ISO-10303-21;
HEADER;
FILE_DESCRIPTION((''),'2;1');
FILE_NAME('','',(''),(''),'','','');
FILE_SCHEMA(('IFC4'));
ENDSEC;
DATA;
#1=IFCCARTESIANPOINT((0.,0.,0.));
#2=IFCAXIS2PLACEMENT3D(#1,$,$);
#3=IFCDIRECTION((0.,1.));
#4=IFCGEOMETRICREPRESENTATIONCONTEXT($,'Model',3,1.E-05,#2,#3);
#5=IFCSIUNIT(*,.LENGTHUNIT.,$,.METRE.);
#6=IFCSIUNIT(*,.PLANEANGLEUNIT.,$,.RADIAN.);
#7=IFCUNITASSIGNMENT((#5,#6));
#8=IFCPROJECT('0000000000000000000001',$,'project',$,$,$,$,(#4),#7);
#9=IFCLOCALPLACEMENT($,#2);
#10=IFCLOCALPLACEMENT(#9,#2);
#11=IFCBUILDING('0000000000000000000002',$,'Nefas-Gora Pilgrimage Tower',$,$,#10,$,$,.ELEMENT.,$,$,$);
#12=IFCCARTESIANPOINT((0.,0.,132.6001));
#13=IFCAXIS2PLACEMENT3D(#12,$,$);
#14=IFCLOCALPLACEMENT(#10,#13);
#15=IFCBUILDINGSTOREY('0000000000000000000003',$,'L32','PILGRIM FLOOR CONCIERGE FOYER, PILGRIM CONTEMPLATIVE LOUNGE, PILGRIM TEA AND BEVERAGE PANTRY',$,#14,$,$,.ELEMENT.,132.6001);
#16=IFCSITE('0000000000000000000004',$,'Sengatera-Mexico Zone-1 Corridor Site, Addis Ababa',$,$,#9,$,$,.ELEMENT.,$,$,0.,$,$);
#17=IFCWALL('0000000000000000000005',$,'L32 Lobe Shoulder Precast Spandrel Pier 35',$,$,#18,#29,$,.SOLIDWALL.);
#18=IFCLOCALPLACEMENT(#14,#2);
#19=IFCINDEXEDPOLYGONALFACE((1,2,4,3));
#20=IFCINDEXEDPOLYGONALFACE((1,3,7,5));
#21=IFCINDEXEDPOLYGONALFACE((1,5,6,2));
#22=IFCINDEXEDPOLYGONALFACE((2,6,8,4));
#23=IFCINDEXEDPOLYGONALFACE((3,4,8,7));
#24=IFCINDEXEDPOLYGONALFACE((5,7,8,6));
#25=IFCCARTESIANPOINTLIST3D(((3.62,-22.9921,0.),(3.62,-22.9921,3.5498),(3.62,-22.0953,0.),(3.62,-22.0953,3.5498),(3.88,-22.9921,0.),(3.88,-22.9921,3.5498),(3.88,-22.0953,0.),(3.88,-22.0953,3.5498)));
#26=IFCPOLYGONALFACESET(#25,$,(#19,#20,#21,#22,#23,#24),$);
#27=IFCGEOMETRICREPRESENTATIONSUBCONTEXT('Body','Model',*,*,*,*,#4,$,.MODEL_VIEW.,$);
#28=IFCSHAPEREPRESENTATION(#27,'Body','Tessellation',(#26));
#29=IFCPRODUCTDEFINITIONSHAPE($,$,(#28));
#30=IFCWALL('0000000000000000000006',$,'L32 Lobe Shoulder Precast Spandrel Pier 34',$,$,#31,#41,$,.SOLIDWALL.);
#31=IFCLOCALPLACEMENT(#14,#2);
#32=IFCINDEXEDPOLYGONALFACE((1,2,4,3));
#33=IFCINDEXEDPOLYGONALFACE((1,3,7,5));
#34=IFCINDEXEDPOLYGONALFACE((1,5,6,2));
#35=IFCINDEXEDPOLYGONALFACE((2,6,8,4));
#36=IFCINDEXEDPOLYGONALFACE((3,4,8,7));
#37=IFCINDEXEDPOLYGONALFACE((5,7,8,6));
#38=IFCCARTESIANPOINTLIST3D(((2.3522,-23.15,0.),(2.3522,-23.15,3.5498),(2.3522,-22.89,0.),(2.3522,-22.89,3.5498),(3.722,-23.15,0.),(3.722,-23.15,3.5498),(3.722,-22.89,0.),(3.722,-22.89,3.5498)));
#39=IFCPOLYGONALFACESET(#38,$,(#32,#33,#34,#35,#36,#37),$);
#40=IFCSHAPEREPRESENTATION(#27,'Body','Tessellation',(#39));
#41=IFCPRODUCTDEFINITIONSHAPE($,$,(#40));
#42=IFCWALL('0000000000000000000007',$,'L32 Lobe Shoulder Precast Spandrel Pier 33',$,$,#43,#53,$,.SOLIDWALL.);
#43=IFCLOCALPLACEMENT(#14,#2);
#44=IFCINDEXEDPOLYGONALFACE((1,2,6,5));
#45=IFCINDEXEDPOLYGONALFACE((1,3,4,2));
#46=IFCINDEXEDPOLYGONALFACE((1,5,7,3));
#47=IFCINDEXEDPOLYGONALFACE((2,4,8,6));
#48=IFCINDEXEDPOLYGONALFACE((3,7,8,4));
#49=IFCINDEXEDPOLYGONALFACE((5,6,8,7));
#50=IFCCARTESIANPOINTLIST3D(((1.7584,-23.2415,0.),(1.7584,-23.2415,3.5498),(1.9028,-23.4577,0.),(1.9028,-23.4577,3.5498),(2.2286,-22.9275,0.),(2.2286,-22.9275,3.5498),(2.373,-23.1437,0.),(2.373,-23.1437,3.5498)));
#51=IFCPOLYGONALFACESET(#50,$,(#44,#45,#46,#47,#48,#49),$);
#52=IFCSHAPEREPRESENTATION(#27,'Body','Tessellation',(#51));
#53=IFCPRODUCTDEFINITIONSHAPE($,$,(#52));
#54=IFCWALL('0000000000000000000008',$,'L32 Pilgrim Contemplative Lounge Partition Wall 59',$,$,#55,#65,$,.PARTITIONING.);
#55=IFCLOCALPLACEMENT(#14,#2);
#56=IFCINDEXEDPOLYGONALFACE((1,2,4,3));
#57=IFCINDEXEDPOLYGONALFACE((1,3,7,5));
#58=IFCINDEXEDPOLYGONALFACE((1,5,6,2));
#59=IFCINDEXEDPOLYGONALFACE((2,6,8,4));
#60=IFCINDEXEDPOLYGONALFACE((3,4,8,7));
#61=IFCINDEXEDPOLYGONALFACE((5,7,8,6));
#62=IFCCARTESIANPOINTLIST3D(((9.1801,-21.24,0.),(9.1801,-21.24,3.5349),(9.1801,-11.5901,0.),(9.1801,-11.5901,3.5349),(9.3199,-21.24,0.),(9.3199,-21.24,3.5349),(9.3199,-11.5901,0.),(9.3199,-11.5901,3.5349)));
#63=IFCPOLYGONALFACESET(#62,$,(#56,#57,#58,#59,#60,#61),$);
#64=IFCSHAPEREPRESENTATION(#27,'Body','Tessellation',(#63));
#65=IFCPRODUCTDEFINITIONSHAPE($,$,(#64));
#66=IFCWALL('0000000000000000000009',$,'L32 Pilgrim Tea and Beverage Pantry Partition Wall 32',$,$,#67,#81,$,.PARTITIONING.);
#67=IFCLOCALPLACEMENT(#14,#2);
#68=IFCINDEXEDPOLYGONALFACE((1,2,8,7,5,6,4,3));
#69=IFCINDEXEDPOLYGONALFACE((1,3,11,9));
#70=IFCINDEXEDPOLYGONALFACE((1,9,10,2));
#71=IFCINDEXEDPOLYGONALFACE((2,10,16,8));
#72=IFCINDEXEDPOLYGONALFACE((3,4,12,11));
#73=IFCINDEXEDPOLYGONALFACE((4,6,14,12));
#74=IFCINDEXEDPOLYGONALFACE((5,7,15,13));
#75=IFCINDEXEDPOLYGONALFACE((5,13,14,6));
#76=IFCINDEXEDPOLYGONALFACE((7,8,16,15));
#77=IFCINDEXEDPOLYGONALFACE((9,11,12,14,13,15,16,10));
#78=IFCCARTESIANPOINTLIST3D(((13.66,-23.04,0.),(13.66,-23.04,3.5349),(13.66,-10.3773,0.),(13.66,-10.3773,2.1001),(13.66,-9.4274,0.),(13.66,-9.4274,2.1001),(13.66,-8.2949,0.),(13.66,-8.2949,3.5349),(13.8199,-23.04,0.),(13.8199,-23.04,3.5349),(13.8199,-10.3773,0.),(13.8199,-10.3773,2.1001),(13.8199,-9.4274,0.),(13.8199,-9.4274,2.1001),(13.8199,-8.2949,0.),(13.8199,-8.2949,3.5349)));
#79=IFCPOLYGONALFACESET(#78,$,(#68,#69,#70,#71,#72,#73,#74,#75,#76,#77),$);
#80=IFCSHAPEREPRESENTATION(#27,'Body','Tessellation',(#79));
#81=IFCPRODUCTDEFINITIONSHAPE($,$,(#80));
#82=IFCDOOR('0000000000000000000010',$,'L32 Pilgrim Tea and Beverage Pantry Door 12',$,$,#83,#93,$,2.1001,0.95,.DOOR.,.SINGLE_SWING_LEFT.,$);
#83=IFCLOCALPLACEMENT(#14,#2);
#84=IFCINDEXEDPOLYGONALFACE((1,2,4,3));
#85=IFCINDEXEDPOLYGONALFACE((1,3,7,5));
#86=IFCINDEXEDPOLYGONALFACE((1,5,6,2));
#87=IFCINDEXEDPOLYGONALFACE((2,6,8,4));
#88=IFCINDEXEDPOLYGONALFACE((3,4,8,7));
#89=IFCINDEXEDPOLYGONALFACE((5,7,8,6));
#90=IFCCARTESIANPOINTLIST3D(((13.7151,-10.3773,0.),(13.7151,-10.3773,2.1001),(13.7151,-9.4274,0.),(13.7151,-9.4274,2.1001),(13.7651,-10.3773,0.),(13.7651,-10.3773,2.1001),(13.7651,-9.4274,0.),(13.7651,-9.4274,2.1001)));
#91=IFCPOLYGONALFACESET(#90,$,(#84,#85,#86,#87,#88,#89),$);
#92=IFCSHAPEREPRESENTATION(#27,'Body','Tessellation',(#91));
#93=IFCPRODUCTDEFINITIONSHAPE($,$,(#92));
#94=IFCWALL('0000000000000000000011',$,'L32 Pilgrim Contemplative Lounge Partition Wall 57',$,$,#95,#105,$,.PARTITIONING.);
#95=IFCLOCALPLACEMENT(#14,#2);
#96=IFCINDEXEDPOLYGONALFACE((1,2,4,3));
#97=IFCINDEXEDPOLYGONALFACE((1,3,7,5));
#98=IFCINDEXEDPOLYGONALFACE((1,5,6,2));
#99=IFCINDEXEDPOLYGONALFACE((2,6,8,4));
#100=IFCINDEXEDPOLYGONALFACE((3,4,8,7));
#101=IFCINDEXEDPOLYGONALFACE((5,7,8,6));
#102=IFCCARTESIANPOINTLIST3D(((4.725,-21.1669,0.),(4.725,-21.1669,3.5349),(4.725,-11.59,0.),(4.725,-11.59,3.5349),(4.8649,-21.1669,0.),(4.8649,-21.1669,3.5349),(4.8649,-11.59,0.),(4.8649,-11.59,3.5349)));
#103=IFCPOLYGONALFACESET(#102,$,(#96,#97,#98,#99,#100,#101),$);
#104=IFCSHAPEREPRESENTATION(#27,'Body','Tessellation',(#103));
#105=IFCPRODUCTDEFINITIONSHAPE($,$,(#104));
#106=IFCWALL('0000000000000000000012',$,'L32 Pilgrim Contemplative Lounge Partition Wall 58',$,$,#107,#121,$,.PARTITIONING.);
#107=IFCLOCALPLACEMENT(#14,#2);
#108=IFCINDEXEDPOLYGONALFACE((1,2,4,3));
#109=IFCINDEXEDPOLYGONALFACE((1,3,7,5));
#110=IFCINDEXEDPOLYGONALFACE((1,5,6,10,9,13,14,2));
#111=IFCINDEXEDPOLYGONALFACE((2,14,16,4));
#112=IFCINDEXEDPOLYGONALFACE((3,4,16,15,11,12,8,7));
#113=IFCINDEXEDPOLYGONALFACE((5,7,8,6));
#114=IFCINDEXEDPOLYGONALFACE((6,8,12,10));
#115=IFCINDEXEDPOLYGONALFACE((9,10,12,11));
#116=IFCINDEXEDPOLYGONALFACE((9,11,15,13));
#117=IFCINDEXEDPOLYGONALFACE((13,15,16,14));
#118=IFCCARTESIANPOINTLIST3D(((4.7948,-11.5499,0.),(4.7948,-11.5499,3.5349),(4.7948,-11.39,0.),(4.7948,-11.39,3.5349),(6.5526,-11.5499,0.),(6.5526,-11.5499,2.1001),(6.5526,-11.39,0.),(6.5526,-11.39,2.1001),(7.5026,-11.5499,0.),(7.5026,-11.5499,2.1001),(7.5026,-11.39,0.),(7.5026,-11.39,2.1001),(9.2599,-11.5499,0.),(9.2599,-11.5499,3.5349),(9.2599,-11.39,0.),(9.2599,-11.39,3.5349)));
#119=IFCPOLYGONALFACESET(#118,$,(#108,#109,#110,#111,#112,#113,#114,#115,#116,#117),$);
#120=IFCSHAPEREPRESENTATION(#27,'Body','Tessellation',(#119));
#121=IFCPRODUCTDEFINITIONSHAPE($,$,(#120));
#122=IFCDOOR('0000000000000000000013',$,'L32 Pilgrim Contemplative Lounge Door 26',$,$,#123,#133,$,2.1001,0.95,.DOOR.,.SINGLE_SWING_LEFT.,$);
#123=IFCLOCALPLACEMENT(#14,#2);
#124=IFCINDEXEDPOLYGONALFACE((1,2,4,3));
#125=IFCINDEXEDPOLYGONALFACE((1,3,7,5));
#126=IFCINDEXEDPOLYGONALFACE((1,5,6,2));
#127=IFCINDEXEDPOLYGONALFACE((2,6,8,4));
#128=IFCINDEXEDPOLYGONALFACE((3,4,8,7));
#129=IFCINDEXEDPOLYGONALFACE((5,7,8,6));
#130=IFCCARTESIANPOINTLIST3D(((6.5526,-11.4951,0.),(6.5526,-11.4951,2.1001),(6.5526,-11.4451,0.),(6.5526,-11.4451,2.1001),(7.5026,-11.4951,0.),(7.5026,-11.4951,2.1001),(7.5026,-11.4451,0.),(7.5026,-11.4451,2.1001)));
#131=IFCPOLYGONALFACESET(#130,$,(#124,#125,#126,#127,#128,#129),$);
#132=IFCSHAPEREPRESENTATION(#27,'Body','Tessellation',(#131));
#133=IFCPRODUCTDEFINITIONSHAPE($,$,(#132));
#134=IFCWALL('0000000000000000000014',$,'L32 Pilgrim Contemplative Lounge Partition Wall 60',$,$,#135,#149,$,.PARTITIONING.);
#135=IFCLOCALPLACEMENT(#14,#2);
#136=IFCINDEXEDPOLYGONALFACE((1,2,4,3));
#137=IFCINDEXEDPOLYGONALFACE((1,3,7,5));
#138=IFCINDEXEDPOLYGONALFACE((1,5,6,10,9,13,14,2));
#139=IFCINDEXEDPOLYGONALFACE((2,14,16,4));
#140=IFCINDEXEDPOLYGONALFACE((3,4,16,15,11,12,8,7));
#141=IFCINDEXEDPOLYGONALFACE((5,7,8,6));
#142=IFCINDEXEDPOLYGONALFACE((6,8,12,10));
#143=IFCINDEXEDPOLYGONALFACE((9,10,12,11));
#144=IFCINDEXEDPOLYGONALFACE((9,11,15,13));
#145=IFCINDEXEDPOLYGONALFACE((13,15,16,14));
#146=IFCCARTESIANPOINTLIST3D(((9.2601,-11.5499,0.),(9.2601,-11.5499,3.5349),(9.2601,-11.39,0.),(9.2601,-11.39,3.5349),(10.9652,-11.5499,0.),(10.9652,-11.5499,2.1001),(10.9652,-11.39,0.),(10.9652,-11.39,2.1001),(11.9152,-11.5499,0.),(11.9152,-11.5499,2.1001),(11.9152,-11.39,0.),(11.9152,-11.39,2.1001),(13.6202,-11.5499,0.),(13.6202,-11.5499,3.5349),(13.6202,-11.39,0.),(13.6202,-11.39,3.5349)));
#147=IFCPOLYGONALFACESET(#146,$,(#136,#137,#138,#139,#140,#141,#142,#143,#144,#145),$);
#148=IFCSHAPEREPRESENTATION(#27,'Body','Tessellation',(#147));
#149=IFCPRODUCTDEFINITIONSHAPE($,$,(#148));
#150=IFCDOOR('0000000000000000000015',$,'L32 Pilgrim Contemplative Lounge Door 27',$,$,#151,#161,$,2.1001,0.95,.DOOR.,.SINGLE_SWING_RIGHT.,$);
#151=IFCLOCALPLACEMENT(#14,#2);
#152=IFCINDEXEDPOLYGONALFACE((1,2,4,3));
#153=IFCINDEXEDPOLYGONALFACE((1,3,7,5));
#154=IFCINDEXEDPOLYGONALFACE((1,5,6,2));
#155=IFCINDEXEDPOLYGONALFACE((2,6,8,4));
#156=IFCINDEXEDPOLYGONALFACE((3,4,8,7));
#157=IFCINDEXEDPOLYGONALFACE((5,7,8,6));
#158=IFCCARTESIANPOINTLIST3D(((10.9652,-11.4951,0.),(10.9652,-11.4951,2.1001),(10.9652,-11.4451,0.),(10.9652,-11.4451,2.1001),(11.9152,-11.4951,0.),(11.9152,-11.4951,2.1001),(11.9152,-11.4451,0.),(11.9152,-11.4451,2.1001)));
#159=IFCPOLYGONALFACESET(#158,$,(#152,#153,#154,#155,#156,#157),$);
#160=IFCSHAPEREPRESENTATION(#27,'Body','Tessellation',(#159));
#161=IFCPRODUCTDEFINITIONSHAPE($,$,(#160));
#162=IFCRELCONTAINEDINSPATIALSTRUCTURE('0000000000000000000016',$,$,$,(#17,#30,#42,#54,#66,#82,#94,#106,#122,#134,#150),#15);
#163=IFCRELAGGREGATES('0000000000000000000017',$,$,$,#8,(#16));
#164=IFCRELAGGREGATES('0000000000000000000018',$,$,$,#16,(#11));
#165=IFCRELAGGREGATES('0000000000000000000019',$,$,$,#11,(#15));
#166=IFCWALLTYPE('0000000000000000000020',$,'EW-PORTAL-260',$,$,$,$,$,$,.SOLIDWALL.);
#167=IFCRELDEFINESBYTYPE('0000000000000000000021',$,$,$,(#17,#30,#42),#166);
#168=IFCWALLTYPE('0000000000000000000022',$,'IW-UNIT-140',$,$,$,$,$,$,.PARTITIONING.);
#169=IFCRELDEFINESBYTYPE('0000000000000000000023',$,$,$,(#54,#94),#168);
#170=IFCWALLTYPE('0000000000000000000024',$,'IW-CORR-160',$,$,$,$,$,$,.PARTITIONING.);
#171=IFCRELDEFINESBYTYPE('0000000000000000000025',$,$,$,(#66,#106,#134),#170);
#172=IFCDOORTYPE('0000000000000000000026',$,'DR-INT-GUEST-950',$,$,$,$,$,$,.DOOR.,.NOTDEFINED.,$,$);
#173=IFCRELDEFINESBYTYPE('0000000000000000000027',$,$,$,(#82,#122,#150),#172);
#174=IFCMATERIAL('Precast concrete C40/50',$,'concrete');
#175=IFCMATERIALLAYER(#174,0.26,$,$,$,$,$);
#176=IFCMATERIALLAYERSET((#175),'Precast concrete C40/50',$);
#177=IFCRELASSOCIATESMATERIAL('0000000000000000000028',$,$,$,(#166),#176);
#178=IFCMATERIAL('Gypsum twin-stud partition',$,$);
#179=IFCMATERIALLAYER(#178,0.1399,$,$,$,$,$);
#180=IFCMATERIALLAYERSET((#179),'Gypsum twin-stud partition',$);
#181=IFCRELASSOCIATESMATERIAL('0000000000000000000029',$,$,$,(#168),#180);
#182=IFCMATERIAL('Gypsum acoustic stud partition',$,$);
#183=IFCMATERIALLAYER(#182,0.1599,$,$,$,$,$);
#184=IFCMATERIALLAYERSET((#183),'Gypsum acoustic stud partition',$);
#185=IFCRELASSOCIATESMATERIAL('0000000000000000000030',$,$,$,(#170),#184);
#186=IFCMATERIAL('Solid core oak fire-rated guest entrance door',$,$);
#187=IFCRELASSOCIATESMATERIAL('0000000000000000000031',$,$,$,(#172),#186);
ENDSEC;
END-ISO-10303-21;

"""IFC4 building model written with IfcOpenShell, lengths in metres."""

from ifc_helpers import new_model, si_unit, direction, frame, frame_2d, origin, place, context, subcontext, project, spatial, rectangle, extrude, source, transform, mapped, material, layer, layer_set, type_object, element, fill, save


model = new_model("IFC4")

# Units and contexts
model_context = context("Model", 3, precision=1e-05, world=origin(), true_north=direction((0.0, 1.0)))
body_context = subcontext(model_context, "Body", "Model", "MODEL_VIEW")
ifc_project = project(units=[si_unit("LENGTHUNIT", "METRE"), si_unit("PLANEANGLEUNIT", "RADIAN")], contexts=[model_context])

# Site, building, storey
site_placement = place(None, origin())
site = spatial("IfcSite", under=ifc_project, at=site_placement, Name="Sengatera-Mexico Zone-1 Corridor Site, Addis Ababa", CompositionType="ELEMENT", RefElevation=0.0)
building_placement = place(site_placement, origin())
building = spatial("IfcBuilding", under=site, at=building_placement, Name="Nefas-Gora Pilgrimage Tower", CompositionType="ELEMENT")
storey_placement = place(building_placement, frame((0.0, 0.0, 132.6001)))
storey = spatial("IfcBuildingStorey", under=building, at=storey_placement, Name="L32", Description="PILGRIM FLOOR CONCIERGE FOYER, PILGRIM CONTEMPLATIVE LOUNGE, PILGRIM TEA AND BEVERAGE PANTRY", CompositionType="ELEMENT", Elevation=132.6001)

# Walls
ifc_material_1 = material(Name="Precast concrete C40/50", Category="concrete")
ifc_layer_1 = layer(ifc_material_1, 0.26)
ifc_layer_set_1 = layer_set([ifc_layer_1], Name="Precast concrete C40/50")
wall_type_1 = type_object("IfcWallType", Name="EW-PORTAL-260", PredefinedType="SOLIDWALL", material=ifc_layer_set_1)
shared_shape_1 = source(origin(), body_context, "Body", "SweptSolid", [
    extrude(rectangle(XDim=0.8967, YDim=0.26, at=frame_2d((0.4482, 0.0))), origin(), (0.0, 0.0, 1.0), 3.5498),
])
wall_1_placement = place(storey_placement, frame((3.75, -22.9919, 0.0), z_axis=(0.0, 0.0, 1.0), x_axis=(0.0, 1.0, 0.0)))
element("IfcWall", 1, at=wall_1_placement, inside=storey, type_object=wall_type_1, Name="L32 Lobe Shoulder Precast Spandrel Pier 35", PredefinedType="SOLIDWALL", context=body_context, shape_type="MappedRepresentation", body=[
    mapped(shared_shape_1, transform((0.0, 0.0, 0.0), x_axis=(1.0, 0.0, 0.0), y_axis=(0.0, 1.0, 0.0), z_axis=(0.0, 0.0, 1.0), scale=1.0)),
])
shared_shape_2 = source(origin(), body_context, "Body", "SweptSolid", [
    extrude(rectangle(XDim=1.3699, YDim=0.26, at=frame_2d((0.6851, 0.0))), origin(), (0.0, 0.0, 1.0), 3.5498),
])
wall_2_placement = place(storey_placement, frame((2.3521, -23.02, 0.0), z_axis=(0.0, 0.0, 1.0), x_axis=(1.0, 0.0, 0.0)))
element("IfcWall", 2, at=wall_2_placement, inside=storey, type_object=wall_type_1, Name="L32 Lobe Shoulder Precast Spandrel Pier 34", PredefinedType="SOLIDWALL", context=body_context, shape_type="MappedRepresentation", body=[
    mapped(shared_shape_2, transform((0.0, 0.0, 0.0), x_axis=(1.0, 0.0, 0.0), y_axis=(0.0, 1.0, 0.0), z_axis=(0.0, 0.0, 1.0), scale=1.0)),
])
shared_shape_3 = source(origin(), body_context, "Body", "SweptSolid", [
    extrude(rectangle(XDim=0.5654, YDim=0.26, at=frame_2d((0.2827, 0.0))), origin(), (0.0, 0.0, 1.0), 3.5498),
])
wall_3_placement = place(storey_placement, frame((1.8306, -23.3496, 0.0), z_axis=(0.0, 0.0, 1.0), x_axis=(0.831651, 0.555298, 0.0)))
element("IfcWall", 3, at=wall_3_placement, inside=storey, type_object=wall_type_1, Name="L32 Lobe Shoulder Precast Spandrel Pier 33", PredefinedType="SOLIDWALL", context=body_context, shape_type="MappedRepresentation", body=[
    mapped(shared_shape_3, transform((0.0, 0.0, 0.0), x_axis=(1.0, 0.0, 0.0), y_axis=(0.0, 1.0, 0.0), z_axis=(0.0, 0.0, 1.0), scale=1.0)),
])
ifc_material_2 = material(Name="Gypsum twin-stud partition")
ifc_layer_2 = layer(ifc_material_2, 0.1399)
ifc_layer_set_2 = layer_set([ifc_layer_2], Name="Gypsum twin-stud partition")
wall_type_2 = type_object("IfcWallType", Name="IW-UNIT-140", PredefinedType="PARTITIONING", material=ifc_layer_set_2)
shared_shape_4 = source(origin(), body_context, "Body", "SweptSolid", [
    extrude(rectangle(XDim=9.6499, YDim=0.1399, at=frame_2d((4.825, 0.0))), origin(), (0.0, 0.0, 1.0), 3.5349),
])
wall_4_placement = place(storey_placement, frame((9.25, -21.24, 0.0), z_axis=(0.0, 0.0, 1.0), x_axis=(0.0, 1.0, 0.0)))
element("IfcWall", 4, at=wall_4_placement, inside=storey, type_object=wall_type_2, Name="L32 Pilgrim Contemplative Lounge Partition Wall 59", PredefinedType="PARTITIONING", context=body_context, shape_type="MappedRepresentation", body=[
    mapped(shared_shape_4, transform((0.0, 0.0, 0.0), x_axis=(1.0, 0.0, 0.0), y_axis=(0.0, 1.0, 0.0), z_axis=(0.0, 0.0, 1.0), scale=1.0)),
])

# Wall, opening, door
ifc_material_3 = material(Name="Gypsum acoustic stud partition")
ifc_layer_3 = layer(ifc_material_3, 0.1599)
ifc_layer_set_3 = layer_set([ifc_layer_3], Name="Gypsum acoustic stud partition")
wall_type_3 = type_object("IfcWallType", Name="IW-CORR-160", PredefinedType="PARTITIONING", material=ifc_layer_set_3)
shared_shape_5 = source(origin(), body_context, "Body", "SweptSolid", [
    extrude(rectangle(XDim=14.7451, YDim=0.1599, at=frame_2d((7.3726, 0.0))), origin(), (0.0, 0.0, 1.0), 3.5349),
])
wall_5_placement = place(storey_placement, frame((13.74, -23.04, 0.0), z_axis=(0.0, 0.0, 1.0), x_axis=(0.0, 1.0, 0.0)))
wall_5 = element("IfcWall", 5, at=wall_5_placement, inside=storey, type_object=wall_type_3, Name="L32 Pilgrim Tea and Beverage Pantry Partition Wall 32", PredefinedType="PARTITIONING", context=body_context, shape_type="MappedRepresentation", body=[
    mapped(shared_shape_5, transform((0.0, 0.0, 0.0), x_axis=(1.0, 0.0, 0.0), y_axis=(0.0, 1.0, 0.0), z_axis=(0.0, 0.0, 1.0), scale=1.0)),
])
opening_1_placement = place(wall_5_placement, frame((12.6626, 0.0, 0.0)))
opening_1 = element("IfcOpeningElement", 6, at=opening_1_placement, cuts=wall_5, PredefinedType="OPENING", context=body_context, shape_type="SweptSolid", body=[
    extrude(rectangle(XDim=0.95, YDim=2.1001, at=frame_2d((0.4751, 1.05))), frame((0.0, 0.0898, 0.0), z_axis=(0.0, -1.0, 0.0), x_axis=(1.0, 0.0, 0.0)), (0.0, 0.0, 1.0), 0.1799),
])
ifc_material_4 = material(Name="Solid core oak fire-rated guest entrance door")
door_type = type_object("IfcDoorType", Name="DR-INT-GUEST-950", OperationType="NOTDEFINED", PredefinedType="DOOR", material=ifc_material_4)
shared_shape_6 = source(origin(), body_context, "Body", "SweptSolid", [
    extrude(rectangle(XDim=0.95, YDim=2.1001, at=frame_2d((0.4751, 1.05))), frame((0.0, 0.0249, 0.0), z_axis=(0.0, -1.0, 0.0), x_axis=(1.0, 0.0, 0.0)), (0.0, 0.0, 1.0), 0.05),
])
door_1_placement = place(opening_1_placement, origin())
door_1 = element("IfcDoor", 7, at=door_1_placement, inside=storey, type_object=door_type, Name="L32 Pilgrim Tea and Beverage Pantry Door 12", OperationType="SINGLE_SWING_LEFT", OverallHeight=2.1001, OverallWidth=0.95, PredefinedType="DOOR", context=body_context, shape_type="MappedRepresentation", body=[
    mapped(shared_shape_6, transform((0.0, 0.0, 0.0), x_axis=(1.0, 0.0, 0.0), y_axis=(0.0, 1.0, 0.0), z_axis=(0.0, 0.0, 1.0), scale=1.0)),
])
fill(opening_1, door_1)

# Wall
shared_shape_7 = source(origin(), body_context, "Body", "SweptSolid", [
    extrude(rectangle(XDim=9.5769, YDim=0.1399, at=frame_2d((4.7886, 0.0))), origin(), (0.0, 0.0, 1.0), 3.5349),
])
wall_6_placement = place(storey_placement, frame((4.7949, -21.167, 0.0), z_axis=(0.0, 0.0, 1.0), x_axis=(0.0, 1.0, 0.0)))
element("IfcWall", 8, at=wall_6_placement, inside=storey, type_object=wall_type_2, Name="L32 Pilgrim Contemplative Lounge Partition Wall 57", PredefinedType="PARTITIONING", context=body_context, shape_type="MappedRepresentation", body=[
    mapped(shared_shape_7, transform((0.0, 0.0, 0.0), x_axis=(1.0, 0.0, 0.0), y_axis=(0.0, 1.0, 0.0), z_axis=(0.0, 0.0, 1.0), scale=1.0)),
])

# Walls, openings, doors
shared_shape_8 = source(origin(), body_context, "Body", "SweptSolid", [
    extrude(rectangle(XDim=4.4651, YDim=0.1599, at=frame_2d((2.2324, 0.0))), origin(), (0.0, 0.0, 1.0), 3.5349),
])
wall_7_placement = place(storey_placement, frame((4.7949, -11.47, 0.0), z_axis=(0.0, 0.0, 1.0), x_axis=(1.0, 0.0, 0.0)))
wall_7 = element("IfcWall", 9, at=wall_7_placement, inside=storey, type_object=wall_type_3, Name="L32 Pilgrim Contemplative Lounge Partition Wall 58", PredefinedType="PARTITIONING", context=body_context, shape_type="MappedRepresentation", body=[
    mapped(shared_shape_8, transform((0.0, 0.0, 0.0), x_axis=(1.0, 0.0, 0.0), y_axis=(0.0, 1.0, 0.0), z_axis=(0.0, 0.0, 1.0), scale=1.0)),
])
opening_2_placement = place(wall_7_placement, frame((1.7576, 0.0, 0.0)))
opening_2 = element("IfcOpeningElement", 10, at=opening_2_placement, cuts=wall_7, PredefinedType="OPENING", context=body_context, shape_type="SweptSolid", body=[
    extrude(rectangle(XDim=0.95, YDim=2.1001, at=frame_2d((0.4751, 1.05))), frame((0.0, 0.0898, 0.0), z_axis=(0.0, -1.0, 0.0), x_axis=(1.0, 0.0, 0.0)), (0.0, 0.0, 1.0), 0.1799),
])
door_2_placement = place(opening_2_placement, origin())
door_2 = element("IfcDoor", 11, at=door_2_placement, inside=storey, type_object=door_type, Name="L32 Pilgrim Contemplative Lounge Door 26", OperationType="SINGLE_SWING_LEFT", OverallHeight=2.1001, OverallWidth=0.95, PredefinedType="DOOR", context=body_context, shape_type="MappedRepresentation", body=[
    mapped(shared_shape_6, transform((0.0, 0.0, 0.0), x_axis=(1.0, 0.0, 0.0), y_axis=(0.0, 1.0, 0.0), z_axis=(0.0, 0.0, 1.0), scale=1.0)),
])
fill(opening_2, door_2)
shared_shape_9 = source(origin(), body_context, "Body", "SweptSolid", [
    extrude(rectangle(XDim=4.3601, YDim=0.1599, at=frame_2d((2.1802, 0.0))), origin(), (0.0, 0.0, 1.0), 3.5349),
])
wall_8_placement = place(storey_placement, frame((9.26, -11.47, 0.0), z_axis=(0.0, 0.0, 1.0), x_axis=(1.0, 0.0, 0.0)))
wall_8 = element("IfcWall", 12, at=wall_8_placement, inside=storey, type_object=wall_type_3, Name="L32 Pilgrim Contemplative Lounge Partition Wall 60", PredefinedType="PARTITIONING", context=body_context, shape_type="MappedRepresentation", body=[
    mapped(shared_shape_9, transform((0.0, 0.0, 0.0), x_axis=(1.0, 0.0, 0.0), y_axis=(0.0, 1.0, 0.0), z_axis=(0.0, 0.0, 1.0), scale=1.0)),
])
opening_3_placement = place(wall_8_placement, frame((1.7051, 0.0, 0.0)))
opening_3 = element("IfcOpeningElement", 13, at=opening_3_placement, cuts=wall_8, PredefinedType="OPENING", context=body_context, shape_type="SweptSolid", body=[
    extrude(rectangle(XDim=0.95, YDim=2.1001, at=frame_2d((0.4751, 1.05))), frame((0.0, 0.0898, 0.0), z_axis=(0.0, -1.0, 0.0), x_axis=(1.0, 0.0, 0.0)), (0.0, 0.0, 1.0), 0.1799),
])
door_3_placement = place(opening_3_placement, origin())
door_3 = element("IfcDoor", 14, at=door_3_placement, inside=storey, type_object=door_type, Name="L32 Pilgrim Contemplative Lounge Door 27", OperationType="SINGLE_SWING_RIGHT", OverallHeight=2.1001, OverallWidth=0.95, PredefinedType="DOOR", context=body_context, shape_type="MappedRepresentation", body=[
    mapped(shared_shape_6, transform((0.0, 0.0, 0.0), x_axis=(1.0, 0.0, 0.0), y_axis=(0.0, 1.0, 0.0), z_axis=(0.0, 0.0, 1.0), scale=1.0)),
])
fill(opening_3, door_3)

save(model, "model.ifc")
